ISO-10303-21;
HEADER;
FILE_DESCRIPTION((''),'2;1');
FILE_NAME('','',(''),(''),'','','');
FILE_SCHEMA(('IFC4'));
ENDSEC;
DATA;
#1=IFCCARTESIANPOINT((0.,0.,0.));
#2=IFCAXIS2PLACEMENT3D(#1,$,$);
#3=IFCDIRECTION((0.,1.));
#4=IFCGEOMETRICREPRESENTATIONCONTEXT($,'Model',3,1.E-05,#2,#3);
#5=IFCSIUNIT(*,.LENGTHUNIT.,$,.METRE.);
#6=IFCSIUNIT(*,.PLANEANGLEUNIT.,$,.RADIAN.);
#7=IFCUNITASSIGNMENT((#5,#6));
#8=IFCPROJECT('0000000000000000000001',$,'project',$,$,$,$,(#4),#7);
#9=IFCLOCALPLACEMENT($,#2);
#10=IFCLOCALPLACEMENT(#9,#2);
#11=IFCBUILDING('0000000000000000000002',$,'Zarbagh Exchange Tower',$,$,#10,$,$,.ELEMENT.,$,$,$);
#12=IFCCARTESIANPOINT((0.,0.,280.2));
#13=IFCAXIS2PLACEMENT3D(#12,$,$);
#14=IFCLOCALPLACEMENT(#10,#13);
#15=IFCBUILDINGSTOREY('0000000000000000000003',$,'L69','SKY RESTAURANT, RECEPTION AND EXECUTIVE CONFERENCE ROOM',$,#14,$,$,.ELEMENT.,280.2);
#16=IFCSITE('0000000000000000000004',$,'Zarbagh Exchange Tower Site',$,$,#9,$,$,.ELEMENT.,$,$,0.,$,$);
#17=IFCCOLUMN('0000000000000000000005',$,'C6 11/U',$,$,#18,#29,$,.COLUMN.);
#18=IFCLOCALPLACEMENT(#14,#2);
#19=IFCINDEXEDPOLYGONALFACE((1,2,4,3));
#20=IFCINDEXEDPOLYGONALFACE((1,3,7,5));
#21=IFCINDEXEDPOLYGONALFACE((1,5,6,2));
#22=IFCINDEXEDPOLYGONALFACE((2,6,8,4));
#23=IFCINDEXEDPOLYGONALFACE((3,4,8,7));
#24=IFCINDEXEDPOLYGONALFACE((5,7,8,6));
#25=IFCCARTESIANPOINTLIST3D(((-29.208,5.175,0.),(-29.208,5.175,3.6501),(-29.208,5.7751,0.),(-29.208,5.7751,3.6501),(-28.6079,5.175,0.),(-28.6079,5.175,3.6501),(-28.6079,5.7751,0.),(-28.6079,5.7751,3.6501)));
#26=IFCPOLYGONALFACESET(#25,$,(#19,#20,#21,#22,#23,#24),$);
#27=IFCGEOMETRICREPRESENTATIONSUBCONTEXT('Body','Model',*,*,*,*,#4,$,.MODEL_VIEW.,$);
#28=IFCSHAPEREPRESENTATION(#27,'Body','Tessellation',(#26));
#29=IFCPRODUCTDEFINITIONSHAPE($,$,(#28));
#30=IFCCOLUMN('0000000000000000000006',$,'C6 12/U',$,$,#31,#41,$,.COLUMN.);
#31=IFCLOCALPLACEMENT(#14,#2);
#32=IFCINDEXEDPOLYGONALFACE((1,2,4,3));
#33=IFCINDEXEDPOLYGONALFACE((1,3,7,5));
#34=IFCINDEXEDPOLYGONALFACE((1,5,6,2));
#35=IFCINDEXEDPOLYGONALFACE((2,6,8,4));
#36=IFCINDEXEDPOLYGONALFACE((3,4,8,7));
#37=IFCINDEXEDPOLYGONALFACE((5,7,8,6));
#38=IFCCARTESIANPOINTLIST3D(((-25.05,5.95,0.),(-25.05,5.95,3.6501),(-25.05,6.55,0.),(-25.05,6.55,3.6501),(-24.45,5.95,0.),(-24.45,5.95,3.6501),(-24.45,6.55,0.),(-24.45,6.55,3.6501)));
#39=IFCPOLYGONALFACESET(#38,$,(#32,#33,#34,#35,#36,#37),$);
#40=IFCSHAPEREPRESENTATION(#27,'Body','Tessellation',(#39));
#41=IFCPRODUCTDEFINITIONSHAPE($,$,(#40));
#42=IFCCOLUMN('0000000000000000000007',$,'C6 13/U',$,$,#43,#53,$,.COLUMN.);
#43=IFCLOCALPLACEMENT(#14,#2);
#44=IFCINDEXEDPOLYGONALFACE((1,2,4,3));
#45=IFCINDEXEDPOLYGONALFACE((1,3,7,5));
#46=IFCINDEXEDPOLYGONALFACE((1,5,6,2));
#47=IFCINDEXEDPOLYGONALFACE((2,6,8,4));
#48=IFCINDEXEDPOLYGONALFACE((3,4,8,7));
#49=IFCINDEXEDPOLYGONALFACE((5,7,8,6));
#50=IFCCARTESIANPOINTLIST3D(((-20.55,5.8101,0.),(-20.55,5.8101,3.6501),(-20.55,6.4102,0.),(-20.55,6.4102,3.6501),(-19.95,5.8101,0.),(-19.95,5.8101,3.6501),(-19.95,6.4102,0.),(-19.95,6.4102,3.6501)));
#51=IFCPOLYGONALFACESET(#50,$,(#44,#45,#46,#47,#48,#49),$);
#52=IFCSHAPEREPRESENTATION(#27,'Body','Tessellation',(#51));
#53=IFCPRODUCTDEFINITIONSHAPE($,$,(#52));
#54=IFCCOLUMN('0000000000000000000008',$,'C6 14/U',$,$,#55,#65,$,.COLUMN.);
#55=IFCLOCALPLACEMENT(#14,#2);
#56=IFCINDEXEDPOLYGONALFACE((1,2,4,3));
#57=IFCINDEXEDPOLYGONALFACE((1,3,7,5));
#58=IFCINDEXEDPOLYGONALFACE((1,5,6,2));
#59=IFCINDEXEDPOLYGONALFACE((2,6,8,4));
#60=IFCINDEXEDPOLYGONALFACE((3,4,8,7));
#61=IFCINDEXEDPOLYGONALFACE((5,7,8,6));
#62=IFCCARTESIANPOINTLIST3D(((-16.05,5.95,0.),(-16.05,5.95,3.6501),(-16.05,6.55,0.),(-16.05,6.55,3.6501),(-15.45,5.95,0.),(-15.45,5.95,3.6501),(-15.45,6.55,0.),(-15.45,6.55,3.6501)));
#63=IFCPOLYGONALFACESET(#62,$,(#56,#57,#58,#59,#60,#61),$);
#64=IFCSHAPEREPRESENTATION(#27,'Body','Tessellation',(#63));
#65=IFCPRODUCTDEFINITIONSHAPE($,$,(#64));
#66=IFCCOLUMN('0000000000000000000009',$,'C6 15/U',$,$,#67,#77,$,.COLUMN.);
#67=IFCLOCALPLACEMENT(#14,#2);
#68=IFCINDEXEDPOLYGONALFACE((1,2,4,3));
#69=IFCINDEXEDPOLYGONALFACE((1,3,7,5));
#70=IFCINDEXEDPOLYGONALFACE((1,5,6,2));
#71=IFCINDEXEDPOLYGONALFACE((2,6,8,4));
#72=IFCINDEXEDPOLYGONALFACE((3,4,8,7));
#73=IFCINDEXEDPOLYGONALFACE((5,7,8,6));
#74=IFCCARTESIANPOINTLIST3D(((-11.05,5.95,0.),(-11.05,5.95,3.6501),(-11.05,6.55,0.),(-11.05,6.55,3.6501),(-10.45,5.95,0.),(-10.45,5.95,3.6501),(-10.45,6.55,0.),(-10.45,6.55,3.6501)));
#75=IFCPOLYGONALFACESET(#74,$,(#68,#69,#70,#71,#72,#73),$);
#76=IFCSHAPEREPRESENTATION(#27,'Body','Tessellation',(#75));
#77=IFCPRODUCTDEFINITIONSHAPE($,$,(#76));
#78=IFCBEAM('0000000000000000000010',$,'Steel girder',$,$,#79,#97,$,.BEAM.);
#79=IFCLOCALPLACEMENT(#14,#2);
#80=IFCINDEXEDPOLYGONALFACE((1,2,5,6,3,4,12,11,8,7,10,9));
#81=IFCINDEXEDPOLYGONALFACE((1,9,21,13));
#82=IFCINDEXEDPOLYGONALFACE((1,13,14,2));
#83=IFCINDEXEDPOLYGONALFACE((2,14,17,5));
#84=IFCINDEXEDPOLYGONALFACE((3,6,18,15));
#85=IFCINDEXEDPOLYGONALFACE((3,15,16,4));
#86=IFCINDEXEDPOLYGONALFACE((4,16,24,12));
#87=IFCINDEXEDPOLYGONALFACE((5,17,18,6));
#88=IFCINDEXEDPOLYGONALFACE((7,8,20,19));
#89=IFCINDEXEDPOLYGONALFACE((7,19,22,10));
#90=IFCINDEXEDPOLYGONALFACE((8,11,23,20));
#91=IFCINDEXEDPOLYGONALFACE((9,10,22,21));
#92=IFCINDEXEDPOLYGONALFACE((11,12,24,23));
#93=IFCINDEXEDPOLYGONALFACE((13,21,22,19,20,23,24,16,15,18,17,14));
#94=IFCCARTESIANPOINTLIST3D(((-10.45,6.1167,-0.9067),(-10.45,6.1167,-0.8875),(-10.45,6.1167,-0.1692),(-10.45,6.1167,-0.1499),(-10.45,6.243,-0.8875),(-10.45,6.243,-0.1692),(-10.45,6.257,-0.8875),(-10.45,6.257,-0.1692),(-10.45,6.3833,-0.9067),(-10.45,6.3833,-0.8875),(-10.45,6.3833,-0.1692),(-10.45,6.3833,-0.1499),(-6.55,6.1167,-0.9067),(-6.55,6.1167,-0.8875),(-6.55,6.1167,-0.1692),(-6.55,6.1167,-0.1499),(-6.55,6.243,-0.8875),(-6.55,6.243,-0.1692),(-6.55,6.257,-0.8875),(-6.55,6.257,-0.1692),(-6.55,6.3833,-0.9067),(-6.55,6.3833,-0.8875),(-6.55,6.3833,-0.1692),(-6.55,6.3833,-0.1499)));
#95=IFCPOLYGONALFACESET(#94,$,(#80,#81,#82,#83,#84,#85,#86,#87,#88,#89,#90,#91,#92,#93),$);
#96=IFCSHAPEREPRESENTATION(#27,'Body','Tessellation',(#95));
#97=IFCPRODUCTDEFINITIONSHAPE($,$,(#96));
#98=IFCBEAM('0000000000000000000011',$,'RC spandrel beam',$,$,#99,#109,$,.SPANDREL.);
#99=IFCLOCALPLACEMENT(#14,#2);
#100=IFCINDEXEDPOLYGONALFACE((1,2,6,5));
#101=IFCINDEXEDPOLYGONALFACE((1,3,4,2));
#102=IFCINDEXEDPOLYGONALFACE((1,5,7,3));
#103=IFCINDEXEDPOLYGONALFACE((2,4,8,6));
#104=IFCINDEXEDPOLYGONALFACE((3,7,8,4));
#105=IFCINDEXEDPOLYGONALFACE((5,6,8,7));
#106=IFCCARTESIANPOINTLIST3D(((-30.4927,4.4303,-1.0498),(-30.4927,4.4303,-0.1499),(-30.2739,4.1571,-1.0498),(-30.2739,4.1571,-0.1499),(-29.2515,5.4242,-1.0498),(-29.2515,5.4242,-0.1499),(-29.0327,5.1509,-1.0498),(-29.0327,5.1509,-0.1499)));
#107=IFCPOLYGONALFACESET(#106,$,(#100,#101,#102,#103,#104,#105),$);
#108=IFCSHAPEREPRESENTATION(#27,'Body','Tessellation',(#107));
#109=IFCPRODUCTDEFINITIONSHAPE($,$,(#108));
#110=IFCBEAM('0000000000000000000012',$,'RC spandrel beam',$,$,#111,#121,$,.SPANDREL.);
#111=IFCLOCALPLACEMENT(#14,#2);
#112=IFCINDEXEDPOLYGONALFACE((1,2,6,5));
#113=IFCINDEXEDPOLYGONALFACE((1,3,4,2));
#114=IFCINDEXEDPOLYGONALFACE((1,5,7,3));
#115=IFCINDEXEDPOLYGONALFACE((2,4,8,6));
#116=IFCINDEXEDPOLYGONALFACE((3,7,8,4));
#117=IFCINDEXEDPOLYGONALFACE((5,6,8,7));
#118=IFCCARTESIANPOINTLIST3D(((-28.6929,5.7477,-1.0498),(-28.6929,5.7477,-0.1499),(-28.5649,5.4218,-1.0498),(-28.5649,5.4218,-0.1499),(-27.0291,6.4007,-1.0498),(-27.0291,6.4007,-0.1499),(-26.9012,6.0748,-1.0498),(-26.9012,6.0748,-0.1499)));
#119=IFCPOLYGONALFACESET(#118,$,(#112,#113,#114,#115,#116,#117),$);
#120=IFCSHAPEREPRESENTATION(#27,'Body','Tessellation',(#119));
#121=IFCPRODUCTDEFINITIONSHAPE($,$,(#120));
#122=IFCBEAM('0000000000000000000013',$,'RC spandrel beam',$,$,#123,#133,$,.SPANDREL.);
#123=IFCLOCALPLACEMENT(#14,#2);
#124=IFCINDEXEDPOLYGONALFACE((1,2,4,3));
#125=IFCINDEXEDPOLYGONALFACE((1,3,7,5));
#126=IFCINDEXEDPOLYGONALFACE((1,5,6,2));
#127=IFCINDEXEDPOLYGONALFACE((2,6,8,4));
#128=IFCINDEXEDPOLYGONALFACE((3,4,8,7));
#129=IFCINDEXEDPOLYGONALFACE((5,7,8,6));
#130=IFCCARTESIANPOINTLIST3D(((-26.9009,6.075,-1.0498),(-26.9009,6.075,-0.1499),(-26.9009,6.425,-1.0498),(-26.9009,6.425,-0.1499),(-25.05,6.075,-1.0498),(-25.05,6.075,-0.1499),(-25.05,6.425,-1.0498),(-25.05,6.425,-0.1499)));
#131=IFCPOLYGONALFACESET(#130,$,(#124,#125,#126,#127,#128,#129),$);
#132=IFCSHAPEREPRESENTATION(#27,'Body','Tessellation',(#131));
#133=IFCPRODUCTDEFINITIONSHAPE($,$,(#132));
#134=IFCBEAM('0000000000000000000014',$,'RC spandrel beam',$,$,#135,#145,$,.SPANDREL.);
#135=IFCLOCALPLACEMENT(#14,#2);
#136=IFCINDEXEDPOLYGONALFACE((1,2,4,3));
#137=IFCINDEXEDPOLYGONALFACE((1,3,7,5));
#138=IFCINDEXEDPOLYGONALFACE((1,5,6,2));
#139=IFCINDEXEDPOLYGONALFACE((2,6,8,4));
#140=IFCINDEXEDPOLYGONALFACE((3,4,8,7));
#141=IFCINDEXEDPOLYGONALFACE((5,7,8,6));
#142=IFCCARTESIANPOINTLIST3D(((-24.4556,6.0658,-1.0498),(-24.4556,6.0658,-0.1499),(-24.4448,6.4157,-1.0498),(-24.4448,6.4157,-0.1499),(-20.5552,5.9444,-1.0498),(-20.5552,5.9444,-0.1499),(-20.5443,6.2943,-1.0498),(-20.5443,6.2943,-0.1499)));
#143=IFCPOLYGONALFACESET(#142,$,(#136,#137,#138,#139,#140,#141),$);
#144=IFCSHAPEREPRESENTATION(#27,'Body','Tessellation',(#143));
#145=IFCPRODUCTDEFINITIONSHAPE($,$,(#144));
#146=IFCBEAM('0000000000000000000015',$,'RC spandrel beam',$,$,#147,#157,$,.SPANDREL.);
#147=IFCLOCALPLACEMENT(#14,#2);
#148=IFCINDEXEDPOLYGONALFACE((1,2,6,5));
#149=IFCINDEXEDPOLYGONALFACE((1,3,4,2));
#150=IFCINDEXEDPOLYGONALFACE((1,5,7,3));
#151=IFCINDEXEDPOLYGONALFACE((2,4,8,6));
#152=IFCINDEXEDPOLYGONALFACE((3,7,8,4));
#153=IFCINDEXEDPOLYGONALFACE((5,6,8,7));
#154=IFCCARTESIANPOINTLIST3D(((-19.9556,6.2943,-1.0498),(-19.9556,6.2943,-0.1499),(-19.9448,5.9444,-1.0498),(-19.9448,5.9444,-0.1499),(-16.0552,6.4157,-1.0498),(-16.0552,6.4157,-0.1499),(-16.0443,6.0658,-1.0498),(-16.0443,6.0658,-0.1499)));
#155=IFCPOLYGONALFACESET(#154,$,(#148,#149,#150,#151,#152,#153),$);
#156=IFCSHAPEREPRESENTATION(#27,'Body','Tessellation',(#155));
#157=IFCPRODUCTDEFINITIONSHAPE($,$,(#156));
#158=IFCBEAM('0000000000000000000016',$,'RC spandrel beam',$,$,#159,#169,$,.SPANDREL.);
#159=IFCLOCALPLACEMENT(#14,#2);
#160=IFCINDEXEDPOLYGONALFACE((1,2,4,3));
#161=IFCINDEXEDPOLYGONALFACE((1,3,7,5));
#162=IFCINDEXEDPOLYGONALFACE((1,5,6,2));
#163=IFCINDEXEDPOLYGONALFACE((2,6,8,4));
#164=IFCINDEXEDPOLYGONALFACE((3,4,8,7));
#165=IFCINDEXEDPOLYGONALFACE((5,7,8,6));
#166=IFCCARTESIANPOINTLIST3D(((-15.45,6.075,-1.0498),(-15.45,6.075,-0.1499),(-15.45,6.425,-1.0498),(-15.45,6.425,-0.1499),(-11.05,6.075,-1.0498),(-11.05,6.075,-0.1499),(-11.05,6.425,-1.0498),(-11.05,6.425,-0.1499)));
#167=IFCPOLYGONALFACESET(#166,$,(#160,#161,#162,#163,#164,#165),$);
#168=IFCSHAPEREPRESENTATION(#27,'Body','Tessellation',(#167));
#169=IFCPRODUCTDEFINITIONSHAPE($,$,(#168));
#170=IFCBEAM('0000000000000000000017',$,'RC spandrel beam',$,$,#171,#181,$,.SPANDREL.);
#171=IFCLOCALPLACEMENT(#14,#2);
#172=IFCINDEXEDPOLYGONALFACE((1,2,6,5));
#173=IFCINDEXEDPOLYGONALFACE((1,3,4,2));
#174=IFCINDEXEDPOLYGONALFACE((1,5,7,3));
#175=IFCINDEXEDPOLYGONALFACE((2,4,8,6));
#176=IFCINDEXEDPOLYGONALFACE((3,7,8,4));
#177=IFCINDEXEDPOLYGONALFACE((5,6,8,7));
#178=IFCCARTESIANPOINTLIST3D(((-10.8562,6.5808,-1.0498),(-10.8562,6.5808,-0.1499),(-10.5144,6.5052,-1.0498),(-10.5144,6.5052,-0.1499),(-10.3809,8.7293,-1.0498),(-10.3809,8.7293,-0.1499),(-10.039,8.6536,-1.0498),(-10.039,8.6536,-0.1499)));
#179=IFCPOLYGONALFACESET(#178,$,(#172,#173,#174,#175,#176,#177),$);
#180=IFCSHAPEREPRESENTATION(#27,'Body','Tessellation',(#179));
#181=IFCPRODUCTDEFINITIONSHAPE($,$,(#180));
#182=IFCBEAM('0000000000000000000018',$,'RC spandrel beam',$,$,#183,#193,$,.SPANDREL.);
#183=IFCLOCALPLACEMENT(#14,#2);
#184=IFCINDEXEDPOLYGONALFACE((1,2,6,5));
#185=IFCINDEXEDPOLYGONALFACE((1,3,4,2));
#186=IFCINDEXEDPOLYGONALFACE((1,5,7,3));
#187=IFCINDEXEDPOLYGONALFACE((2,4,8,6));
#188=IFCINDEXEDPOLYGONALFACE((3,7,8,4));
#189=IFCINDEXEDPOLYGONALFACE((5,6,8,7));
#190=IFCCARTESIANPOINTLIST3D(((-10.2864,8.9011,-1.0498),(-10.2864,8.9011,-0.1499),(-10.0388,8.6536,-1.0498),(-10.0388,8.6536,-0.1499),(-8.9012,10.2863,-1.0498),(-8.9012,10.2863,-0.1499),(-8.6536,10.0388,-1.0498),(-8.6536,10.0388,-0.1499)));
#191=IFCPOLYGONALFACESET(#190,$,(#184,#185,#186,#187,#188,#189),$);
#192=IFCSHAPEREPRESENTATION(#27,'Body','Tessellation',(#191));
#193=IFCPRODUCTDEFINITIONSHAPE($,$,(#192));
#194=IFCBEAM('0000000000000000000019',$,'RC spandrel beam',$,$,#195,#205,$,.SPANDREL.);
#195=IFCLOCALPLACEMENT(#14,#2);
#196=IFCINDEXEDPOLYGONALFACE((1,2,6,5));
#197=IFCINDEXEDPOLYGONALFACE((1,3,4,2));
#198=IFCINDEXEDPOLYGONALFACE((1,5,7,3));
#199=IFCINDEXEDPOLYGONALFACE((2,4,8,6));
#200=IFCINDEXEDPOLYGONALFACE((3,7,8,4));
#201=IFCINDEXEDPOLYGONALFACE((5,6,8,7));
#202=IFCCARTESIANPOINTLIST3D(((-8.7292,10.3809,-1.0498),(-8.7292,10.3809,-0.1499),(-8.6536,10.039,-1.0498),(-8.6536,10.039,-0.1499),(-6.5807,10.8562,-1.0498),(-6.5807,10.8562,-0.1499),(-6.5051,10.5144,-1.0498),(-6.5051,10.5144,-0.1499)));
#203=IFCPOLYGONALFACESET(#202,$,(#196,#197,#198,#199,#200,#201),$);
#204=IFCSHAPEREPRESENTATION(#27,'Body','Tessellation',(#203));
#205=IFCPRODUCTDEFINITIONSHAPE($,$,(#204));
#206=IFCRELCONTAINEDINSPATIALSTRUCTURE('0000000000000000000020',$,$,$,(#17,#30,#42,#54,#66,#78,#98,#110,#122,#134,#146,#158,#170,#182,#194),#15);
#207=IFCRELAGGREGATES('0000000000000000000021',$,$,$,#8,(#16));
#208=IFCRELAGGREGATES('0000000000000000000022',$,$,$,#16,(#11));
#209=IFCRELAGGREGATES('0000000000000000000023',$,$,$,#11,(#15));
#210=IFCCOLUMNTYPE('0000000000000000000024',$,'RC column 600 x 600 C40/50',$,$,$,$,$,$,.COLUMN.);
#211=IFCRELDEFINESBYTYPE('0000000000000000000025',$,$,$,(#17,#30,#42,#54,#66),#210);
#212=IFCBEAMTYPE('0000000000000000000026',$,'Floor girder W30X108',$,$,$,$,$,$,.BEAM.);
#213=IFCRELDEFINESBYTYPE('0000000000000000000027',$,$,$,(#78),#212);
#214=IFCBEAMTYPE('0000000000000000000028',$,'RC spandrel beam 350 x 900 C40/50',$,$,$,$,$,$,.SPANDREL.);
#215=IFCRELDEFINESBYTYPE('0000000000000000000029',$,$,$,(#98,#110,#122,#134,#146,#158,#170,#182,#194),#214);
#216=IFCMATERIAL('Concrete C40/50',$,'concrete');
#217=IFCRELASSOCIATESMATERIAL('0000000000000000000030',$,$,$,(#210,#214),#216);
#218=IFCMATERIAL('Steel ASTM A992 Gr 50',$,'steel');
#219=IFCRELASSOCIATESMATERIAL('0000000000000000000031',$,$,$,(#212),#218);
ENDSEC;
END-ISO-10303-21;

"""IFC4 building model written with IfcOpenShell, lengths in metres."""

from ifc_helpers import new_model, si_unit, direction, frame, origin, origin_2d, place, context, subcontext, project, spatial, rectangle, i_section, extrude, material, material_profile, profile_set, type_object, element, save


model = new_model("IFC4")

# Units and contexts
model_context = context("Model", 3, precision=1e-05, world=origin(), true_north=direction((0.0, 1.0)))
body_context = subcontext(model_context, "Body", "Model", "MODEL_VIEW")
ifc_project = project(units=[si_unit("LENGTHUNIT", "METRE"), si_unit("PLANEANGLEUNIT", "RADIAN")], contexts=[model_context])

# Site, building, storey
site_placement = place(None, origin())
site = spatial("IfcSite", under=ifc_project, at=site_placement, Name="Zarbagh Exchange Tower Site", CompositionType="ELEMENT", RefElevation=0.0)
building_placement = place(site_placement, origin())
building = spatial("IfcBuilding", under=site, at=building_placement, Name="Zarbagh Exchange Tower", CompositionType="ELEMENT")
storey_placement = place(building_placement, frame((0.0, 0.0, 280.2)))
storey = spatial("IfcBuildingStorey", under=building, at=storey_placement, Name="L69", Description="SKY RESTAURANT, RECEPTION AND EXECUTIVE CONFERENCE ROOM", CompositionType="ELEMENT", Elevation=280.2)

# Columns
ifc_material_1 = material(Name="Concrete C40/50", Category="concrete")
ifc_material_profile_1 = material_profile(ifc_material_1, rectangle(XDim=0.6001, YDim=0.6001, at=origin_2d()), Name="RC column 600 x 600 C40/50")
ifc_profile_set_1 = profile_set([ifc_material_profile_1], Name="Concrete C40/50")
column_type = type_object("IfcColumnType", Name="RC column 600 x 600 C40/50", PredefinedType="COLUMN", material=ifc_profile_set_1)
for number, where, z_axis, x_axis, name in (
    (1, (-28.908, 5.4751, 0.0), (0.0, 0.0, 1.0), (1.0, 0.0, 0.0), "C6 11/U"),
    (2, (-24.75, 6.25, 0.0), (0.0, 0.0, 1.0), (1.0, 0.0, 0.0), "C6 12/U"),
    (3, (-20.25, 6.1101, 0.0), (0.0, 0.0, 1.0), (1.0, 0.0, 0.0), "C6 13/U"),
    (4, (-15.75, 6.25, 0.0), (0.0, 0.0, 1.0), (1.0, 0.0, 0.0), "C6 14/U"),
    (5, (-10.75, 6.25, 0.0), (0.0, 0.0, 1.0), (1.0, 0.0, 0.0), "C6 15/U"),
):
    element("IfcColumn", number, at=place(storey_placement, frame(where, z_axis=z_axis, x_axis=x_axis)), inside=storey, type_object=column_type, Name=name, PredefinedType="COLUMN", context=body_context, shape_type="SweptSolid", body=[
        extrude(rectangle(XDim=0.6001, YDim=0.6001, at=origin_2d()), origin(), (0.0, 0.0, 1.0), 3.6501),
    ])

# Beams
ifc_material_2 = material(Name="Steel ASTM A992 Gr 50", Category="steel")
ifc_material_profile_2 = material_profile(ifc_material_2, i_section(OverallWidth=0.2666, OverallDepth=0.7568, WebThickness=0.0139, FlangeThickness=0.0193, at=origin_2d()), Name="W30X108")
ifc_profile_set_2 = profile_set([ifc_material_profile_2], Name="Steel ASTM A992 Gr 50")
beam_type_1 = type_object("IfcBeamType", Name="Floor girder W30X108", PredefinedType="BEAM", material=ifc_profile_set_2)
beam_1_placement = place(storey_placement, frame((-10.45, 6.25, -0.5283), z_axis=(1.0, 0.0, 0.0), x_axis=(0.0, 1.0, 0.0)))
element("IfcBeam", 6, at=beam_1_placement, inside=storey, type_object=beam_type_1, Name="Steel girder", PredefinedType="BEAM", context=body_context, shape_type="SweptSolid", body=[
    extrude(i_section(OverallWidth=0.2666, OverallDepth=0.7568, WebThickness=0.0139, FlangeThickness=0.0193, at=origin_2d()), origin(), (0.0, 0.0, 1.0), 3.8999),
])
ifc_material_profile_3 = material_profile(ifc_material_1, rectangle(XDim=0.3501, YDim=0.8999, at=origin_2d()), Name="RC spandrel beam 350 x 900 C40/50")
ifc_profile_set_3 = profile_set([ifc_material_profile_3], Name="Concrete C40/50")
beam_type_2 = type_object("IfcBeamType", Name="RC spandrel beam 350 x 900 C40/50", PredefinedType="SPANDREL", material=ifc_profile_set_3)
beam_2_placement = place(storey_placement, frame((-30.3833, 4.2937, -0.5999), z_axis=(0.780584, 0.625051, 0.0), x_axis=(-0.625051, 0.780584, 0.0)))
element("IfcBeam", 7, at=beam_2_placement, inside=storey, type_object=beam_type_2, Name="RC spandrel beam", PredefinedType="SPANDREL", context=body_context, shape_type="SweptSolid", body=[
    extrude(rectangle(XDim=0.3501, YDim=0.8999, at=origin_2d()), origin(), (0.0, 0.0, 1.0), 1.5901),
])
beam_3_placement = place(storey_placement, frame((-28.6289, 5.5847, -0.5999), z_axis=(0.930859, 0.365378, 0.0), x_axis=(-0.365378, 0.930859, 0.0)))
element("IfcBeam", 8, at=beam_3_placement, inside=storey, type_object=beam_type_2, Name="RC spandrel beam", PredefinedType="SPANDREL", context=body_context, shape_type="SweptSolid", body=[
    extrude(rectangle(XDim=0.3501, YDim=0.8999, at=origin_2d()), origin(), (0.0, 0.0, 1.0), 1.7874),
])
beam_4_placement = place(storey_placement, frame((-26.9009, 6.25, -0.5999), z_axis=(1.0, 0.0, 0.0), x_axis=(0.0, 1.0, 0.0)))
element("IfcBeam", 9, at=beam_4_placement, inside=storey, type_object=beam_type_2, Name="RC spandrel beam", PredefinedType="SPANDREL", context=body_context, shape_type="SweptSolid", body=[
    extrude(rectangle(XDim=0.3501, YDim=0.8999, at=origin_2d()), origin(), (0.0, 0.0, 1.0), 1.8508),
])
for number, where, z_axis, x_axis, name in (
    (10, (-24.4502, 6.2407, -0.5999), (0.999516, -0.031094, 0.0), (0.031094, 0.999516, 0.0), "RC spandrel beam"),
    (11, (-19.9502, 6.1194, -0.5999), (0.999516, 0.031094, 0.0), (-0.031094, 0.999516, 0.0), "RC spandrel beam"),
):
    element("IfcBeam", number, at=place(storey_placement, frame(where, z_axis=z_axis, x_axis=x_axis)), inside=storey, type_object=beam_type_2, Name=name, PredefinedType="SPANDREL", context=body_context, shape_type="SweptSolid", body=[
        extrude(rectangle(XDim=0.3501, YDim=0.8999, at=origin_2d()), origin(), (0.0, 0.0, 1.0), 3.9023),
    ])
beam_5_placement = place(storey_placement, frame((-15.45, 6.25, -0.5999), z_axis=(1.0, 0.0, 0.0), x_axis=(0.0, 1.0, 0.0)))
element("IfcBeam", 12, at=beam_5_placement, inside=storey, type_object=beam_type_2, Name="RC spandrel beam", PredefinedType="SPANDREL", context=body_context, shape_type="SweptSolid", body=[
    extrude(rectangle(XDim=0.3501, YDim=0.8999, at=origin_2d()), origin(), (0.0, 0.0, 1.0), 4.3999),
])
beam_6_placement = place(storey_placement, frame((-10.6853, 6.543, -0.5999), z_axis=(0.216026, 0.976388, 0.0), x_axis=(-0.976388, 0.216026, 0.0)))
element("IfcBeam", 13, at=beam_6_placement, inside=storey, type_object=beam_type_2, Name="RC spandrel beam", PredefinedType="SPANDREL", context=body_context, shape_type="SweptSolid", body=[
    extrude(rectangle(XDim=0.3501, YDim=0.8999, at=origin_2d()), origin(), (0.0, 0.0, 1.0), 2.2004),
])
beam_7_placement = place(storey_placement, frame((-10.1626, 8.7773, -0.5999), z_axis=(0.707107, 0.707107, 0.0), x_axis=(-0.707107, 0.707107, 0.0)))
element("IfcBeam", 14, at=beam_7_placement, inside=storey, type_object=beam_type_2, Name="RC spandrel beam", PredefinedType="SPANDREL", context=body_context, shape_type="SweptSolid", body=[
    extrude(rectangle(XDim=0.3501, YDim=0.8999, at=origin_2d()), origin(), (0.0, 0.0, 1.0), 1.959),
])
beam_8_placement = place(storey_placement, frame((-8.6914, 10.21, -0.5999), z_axis=(0.976388, 0.216026, 0.0), x_axis=(-0.216026, 0.976388, 0.0)))
element("IfcBeam", 15, at=beam_8_placement, inside=storey, type_object=beam_type_2, Name="RC spandrel beam", PredefinedType="SPANDREL", context=body_context, shape_type="SweptSolid", body=[
    extrude(rectangle(XDim=0.3501, YDim=0.8999, at=origin_2d()), origin(), (0.0, 0.0, 1.0), 2.2004),
])

save(model, "model.ifc")
